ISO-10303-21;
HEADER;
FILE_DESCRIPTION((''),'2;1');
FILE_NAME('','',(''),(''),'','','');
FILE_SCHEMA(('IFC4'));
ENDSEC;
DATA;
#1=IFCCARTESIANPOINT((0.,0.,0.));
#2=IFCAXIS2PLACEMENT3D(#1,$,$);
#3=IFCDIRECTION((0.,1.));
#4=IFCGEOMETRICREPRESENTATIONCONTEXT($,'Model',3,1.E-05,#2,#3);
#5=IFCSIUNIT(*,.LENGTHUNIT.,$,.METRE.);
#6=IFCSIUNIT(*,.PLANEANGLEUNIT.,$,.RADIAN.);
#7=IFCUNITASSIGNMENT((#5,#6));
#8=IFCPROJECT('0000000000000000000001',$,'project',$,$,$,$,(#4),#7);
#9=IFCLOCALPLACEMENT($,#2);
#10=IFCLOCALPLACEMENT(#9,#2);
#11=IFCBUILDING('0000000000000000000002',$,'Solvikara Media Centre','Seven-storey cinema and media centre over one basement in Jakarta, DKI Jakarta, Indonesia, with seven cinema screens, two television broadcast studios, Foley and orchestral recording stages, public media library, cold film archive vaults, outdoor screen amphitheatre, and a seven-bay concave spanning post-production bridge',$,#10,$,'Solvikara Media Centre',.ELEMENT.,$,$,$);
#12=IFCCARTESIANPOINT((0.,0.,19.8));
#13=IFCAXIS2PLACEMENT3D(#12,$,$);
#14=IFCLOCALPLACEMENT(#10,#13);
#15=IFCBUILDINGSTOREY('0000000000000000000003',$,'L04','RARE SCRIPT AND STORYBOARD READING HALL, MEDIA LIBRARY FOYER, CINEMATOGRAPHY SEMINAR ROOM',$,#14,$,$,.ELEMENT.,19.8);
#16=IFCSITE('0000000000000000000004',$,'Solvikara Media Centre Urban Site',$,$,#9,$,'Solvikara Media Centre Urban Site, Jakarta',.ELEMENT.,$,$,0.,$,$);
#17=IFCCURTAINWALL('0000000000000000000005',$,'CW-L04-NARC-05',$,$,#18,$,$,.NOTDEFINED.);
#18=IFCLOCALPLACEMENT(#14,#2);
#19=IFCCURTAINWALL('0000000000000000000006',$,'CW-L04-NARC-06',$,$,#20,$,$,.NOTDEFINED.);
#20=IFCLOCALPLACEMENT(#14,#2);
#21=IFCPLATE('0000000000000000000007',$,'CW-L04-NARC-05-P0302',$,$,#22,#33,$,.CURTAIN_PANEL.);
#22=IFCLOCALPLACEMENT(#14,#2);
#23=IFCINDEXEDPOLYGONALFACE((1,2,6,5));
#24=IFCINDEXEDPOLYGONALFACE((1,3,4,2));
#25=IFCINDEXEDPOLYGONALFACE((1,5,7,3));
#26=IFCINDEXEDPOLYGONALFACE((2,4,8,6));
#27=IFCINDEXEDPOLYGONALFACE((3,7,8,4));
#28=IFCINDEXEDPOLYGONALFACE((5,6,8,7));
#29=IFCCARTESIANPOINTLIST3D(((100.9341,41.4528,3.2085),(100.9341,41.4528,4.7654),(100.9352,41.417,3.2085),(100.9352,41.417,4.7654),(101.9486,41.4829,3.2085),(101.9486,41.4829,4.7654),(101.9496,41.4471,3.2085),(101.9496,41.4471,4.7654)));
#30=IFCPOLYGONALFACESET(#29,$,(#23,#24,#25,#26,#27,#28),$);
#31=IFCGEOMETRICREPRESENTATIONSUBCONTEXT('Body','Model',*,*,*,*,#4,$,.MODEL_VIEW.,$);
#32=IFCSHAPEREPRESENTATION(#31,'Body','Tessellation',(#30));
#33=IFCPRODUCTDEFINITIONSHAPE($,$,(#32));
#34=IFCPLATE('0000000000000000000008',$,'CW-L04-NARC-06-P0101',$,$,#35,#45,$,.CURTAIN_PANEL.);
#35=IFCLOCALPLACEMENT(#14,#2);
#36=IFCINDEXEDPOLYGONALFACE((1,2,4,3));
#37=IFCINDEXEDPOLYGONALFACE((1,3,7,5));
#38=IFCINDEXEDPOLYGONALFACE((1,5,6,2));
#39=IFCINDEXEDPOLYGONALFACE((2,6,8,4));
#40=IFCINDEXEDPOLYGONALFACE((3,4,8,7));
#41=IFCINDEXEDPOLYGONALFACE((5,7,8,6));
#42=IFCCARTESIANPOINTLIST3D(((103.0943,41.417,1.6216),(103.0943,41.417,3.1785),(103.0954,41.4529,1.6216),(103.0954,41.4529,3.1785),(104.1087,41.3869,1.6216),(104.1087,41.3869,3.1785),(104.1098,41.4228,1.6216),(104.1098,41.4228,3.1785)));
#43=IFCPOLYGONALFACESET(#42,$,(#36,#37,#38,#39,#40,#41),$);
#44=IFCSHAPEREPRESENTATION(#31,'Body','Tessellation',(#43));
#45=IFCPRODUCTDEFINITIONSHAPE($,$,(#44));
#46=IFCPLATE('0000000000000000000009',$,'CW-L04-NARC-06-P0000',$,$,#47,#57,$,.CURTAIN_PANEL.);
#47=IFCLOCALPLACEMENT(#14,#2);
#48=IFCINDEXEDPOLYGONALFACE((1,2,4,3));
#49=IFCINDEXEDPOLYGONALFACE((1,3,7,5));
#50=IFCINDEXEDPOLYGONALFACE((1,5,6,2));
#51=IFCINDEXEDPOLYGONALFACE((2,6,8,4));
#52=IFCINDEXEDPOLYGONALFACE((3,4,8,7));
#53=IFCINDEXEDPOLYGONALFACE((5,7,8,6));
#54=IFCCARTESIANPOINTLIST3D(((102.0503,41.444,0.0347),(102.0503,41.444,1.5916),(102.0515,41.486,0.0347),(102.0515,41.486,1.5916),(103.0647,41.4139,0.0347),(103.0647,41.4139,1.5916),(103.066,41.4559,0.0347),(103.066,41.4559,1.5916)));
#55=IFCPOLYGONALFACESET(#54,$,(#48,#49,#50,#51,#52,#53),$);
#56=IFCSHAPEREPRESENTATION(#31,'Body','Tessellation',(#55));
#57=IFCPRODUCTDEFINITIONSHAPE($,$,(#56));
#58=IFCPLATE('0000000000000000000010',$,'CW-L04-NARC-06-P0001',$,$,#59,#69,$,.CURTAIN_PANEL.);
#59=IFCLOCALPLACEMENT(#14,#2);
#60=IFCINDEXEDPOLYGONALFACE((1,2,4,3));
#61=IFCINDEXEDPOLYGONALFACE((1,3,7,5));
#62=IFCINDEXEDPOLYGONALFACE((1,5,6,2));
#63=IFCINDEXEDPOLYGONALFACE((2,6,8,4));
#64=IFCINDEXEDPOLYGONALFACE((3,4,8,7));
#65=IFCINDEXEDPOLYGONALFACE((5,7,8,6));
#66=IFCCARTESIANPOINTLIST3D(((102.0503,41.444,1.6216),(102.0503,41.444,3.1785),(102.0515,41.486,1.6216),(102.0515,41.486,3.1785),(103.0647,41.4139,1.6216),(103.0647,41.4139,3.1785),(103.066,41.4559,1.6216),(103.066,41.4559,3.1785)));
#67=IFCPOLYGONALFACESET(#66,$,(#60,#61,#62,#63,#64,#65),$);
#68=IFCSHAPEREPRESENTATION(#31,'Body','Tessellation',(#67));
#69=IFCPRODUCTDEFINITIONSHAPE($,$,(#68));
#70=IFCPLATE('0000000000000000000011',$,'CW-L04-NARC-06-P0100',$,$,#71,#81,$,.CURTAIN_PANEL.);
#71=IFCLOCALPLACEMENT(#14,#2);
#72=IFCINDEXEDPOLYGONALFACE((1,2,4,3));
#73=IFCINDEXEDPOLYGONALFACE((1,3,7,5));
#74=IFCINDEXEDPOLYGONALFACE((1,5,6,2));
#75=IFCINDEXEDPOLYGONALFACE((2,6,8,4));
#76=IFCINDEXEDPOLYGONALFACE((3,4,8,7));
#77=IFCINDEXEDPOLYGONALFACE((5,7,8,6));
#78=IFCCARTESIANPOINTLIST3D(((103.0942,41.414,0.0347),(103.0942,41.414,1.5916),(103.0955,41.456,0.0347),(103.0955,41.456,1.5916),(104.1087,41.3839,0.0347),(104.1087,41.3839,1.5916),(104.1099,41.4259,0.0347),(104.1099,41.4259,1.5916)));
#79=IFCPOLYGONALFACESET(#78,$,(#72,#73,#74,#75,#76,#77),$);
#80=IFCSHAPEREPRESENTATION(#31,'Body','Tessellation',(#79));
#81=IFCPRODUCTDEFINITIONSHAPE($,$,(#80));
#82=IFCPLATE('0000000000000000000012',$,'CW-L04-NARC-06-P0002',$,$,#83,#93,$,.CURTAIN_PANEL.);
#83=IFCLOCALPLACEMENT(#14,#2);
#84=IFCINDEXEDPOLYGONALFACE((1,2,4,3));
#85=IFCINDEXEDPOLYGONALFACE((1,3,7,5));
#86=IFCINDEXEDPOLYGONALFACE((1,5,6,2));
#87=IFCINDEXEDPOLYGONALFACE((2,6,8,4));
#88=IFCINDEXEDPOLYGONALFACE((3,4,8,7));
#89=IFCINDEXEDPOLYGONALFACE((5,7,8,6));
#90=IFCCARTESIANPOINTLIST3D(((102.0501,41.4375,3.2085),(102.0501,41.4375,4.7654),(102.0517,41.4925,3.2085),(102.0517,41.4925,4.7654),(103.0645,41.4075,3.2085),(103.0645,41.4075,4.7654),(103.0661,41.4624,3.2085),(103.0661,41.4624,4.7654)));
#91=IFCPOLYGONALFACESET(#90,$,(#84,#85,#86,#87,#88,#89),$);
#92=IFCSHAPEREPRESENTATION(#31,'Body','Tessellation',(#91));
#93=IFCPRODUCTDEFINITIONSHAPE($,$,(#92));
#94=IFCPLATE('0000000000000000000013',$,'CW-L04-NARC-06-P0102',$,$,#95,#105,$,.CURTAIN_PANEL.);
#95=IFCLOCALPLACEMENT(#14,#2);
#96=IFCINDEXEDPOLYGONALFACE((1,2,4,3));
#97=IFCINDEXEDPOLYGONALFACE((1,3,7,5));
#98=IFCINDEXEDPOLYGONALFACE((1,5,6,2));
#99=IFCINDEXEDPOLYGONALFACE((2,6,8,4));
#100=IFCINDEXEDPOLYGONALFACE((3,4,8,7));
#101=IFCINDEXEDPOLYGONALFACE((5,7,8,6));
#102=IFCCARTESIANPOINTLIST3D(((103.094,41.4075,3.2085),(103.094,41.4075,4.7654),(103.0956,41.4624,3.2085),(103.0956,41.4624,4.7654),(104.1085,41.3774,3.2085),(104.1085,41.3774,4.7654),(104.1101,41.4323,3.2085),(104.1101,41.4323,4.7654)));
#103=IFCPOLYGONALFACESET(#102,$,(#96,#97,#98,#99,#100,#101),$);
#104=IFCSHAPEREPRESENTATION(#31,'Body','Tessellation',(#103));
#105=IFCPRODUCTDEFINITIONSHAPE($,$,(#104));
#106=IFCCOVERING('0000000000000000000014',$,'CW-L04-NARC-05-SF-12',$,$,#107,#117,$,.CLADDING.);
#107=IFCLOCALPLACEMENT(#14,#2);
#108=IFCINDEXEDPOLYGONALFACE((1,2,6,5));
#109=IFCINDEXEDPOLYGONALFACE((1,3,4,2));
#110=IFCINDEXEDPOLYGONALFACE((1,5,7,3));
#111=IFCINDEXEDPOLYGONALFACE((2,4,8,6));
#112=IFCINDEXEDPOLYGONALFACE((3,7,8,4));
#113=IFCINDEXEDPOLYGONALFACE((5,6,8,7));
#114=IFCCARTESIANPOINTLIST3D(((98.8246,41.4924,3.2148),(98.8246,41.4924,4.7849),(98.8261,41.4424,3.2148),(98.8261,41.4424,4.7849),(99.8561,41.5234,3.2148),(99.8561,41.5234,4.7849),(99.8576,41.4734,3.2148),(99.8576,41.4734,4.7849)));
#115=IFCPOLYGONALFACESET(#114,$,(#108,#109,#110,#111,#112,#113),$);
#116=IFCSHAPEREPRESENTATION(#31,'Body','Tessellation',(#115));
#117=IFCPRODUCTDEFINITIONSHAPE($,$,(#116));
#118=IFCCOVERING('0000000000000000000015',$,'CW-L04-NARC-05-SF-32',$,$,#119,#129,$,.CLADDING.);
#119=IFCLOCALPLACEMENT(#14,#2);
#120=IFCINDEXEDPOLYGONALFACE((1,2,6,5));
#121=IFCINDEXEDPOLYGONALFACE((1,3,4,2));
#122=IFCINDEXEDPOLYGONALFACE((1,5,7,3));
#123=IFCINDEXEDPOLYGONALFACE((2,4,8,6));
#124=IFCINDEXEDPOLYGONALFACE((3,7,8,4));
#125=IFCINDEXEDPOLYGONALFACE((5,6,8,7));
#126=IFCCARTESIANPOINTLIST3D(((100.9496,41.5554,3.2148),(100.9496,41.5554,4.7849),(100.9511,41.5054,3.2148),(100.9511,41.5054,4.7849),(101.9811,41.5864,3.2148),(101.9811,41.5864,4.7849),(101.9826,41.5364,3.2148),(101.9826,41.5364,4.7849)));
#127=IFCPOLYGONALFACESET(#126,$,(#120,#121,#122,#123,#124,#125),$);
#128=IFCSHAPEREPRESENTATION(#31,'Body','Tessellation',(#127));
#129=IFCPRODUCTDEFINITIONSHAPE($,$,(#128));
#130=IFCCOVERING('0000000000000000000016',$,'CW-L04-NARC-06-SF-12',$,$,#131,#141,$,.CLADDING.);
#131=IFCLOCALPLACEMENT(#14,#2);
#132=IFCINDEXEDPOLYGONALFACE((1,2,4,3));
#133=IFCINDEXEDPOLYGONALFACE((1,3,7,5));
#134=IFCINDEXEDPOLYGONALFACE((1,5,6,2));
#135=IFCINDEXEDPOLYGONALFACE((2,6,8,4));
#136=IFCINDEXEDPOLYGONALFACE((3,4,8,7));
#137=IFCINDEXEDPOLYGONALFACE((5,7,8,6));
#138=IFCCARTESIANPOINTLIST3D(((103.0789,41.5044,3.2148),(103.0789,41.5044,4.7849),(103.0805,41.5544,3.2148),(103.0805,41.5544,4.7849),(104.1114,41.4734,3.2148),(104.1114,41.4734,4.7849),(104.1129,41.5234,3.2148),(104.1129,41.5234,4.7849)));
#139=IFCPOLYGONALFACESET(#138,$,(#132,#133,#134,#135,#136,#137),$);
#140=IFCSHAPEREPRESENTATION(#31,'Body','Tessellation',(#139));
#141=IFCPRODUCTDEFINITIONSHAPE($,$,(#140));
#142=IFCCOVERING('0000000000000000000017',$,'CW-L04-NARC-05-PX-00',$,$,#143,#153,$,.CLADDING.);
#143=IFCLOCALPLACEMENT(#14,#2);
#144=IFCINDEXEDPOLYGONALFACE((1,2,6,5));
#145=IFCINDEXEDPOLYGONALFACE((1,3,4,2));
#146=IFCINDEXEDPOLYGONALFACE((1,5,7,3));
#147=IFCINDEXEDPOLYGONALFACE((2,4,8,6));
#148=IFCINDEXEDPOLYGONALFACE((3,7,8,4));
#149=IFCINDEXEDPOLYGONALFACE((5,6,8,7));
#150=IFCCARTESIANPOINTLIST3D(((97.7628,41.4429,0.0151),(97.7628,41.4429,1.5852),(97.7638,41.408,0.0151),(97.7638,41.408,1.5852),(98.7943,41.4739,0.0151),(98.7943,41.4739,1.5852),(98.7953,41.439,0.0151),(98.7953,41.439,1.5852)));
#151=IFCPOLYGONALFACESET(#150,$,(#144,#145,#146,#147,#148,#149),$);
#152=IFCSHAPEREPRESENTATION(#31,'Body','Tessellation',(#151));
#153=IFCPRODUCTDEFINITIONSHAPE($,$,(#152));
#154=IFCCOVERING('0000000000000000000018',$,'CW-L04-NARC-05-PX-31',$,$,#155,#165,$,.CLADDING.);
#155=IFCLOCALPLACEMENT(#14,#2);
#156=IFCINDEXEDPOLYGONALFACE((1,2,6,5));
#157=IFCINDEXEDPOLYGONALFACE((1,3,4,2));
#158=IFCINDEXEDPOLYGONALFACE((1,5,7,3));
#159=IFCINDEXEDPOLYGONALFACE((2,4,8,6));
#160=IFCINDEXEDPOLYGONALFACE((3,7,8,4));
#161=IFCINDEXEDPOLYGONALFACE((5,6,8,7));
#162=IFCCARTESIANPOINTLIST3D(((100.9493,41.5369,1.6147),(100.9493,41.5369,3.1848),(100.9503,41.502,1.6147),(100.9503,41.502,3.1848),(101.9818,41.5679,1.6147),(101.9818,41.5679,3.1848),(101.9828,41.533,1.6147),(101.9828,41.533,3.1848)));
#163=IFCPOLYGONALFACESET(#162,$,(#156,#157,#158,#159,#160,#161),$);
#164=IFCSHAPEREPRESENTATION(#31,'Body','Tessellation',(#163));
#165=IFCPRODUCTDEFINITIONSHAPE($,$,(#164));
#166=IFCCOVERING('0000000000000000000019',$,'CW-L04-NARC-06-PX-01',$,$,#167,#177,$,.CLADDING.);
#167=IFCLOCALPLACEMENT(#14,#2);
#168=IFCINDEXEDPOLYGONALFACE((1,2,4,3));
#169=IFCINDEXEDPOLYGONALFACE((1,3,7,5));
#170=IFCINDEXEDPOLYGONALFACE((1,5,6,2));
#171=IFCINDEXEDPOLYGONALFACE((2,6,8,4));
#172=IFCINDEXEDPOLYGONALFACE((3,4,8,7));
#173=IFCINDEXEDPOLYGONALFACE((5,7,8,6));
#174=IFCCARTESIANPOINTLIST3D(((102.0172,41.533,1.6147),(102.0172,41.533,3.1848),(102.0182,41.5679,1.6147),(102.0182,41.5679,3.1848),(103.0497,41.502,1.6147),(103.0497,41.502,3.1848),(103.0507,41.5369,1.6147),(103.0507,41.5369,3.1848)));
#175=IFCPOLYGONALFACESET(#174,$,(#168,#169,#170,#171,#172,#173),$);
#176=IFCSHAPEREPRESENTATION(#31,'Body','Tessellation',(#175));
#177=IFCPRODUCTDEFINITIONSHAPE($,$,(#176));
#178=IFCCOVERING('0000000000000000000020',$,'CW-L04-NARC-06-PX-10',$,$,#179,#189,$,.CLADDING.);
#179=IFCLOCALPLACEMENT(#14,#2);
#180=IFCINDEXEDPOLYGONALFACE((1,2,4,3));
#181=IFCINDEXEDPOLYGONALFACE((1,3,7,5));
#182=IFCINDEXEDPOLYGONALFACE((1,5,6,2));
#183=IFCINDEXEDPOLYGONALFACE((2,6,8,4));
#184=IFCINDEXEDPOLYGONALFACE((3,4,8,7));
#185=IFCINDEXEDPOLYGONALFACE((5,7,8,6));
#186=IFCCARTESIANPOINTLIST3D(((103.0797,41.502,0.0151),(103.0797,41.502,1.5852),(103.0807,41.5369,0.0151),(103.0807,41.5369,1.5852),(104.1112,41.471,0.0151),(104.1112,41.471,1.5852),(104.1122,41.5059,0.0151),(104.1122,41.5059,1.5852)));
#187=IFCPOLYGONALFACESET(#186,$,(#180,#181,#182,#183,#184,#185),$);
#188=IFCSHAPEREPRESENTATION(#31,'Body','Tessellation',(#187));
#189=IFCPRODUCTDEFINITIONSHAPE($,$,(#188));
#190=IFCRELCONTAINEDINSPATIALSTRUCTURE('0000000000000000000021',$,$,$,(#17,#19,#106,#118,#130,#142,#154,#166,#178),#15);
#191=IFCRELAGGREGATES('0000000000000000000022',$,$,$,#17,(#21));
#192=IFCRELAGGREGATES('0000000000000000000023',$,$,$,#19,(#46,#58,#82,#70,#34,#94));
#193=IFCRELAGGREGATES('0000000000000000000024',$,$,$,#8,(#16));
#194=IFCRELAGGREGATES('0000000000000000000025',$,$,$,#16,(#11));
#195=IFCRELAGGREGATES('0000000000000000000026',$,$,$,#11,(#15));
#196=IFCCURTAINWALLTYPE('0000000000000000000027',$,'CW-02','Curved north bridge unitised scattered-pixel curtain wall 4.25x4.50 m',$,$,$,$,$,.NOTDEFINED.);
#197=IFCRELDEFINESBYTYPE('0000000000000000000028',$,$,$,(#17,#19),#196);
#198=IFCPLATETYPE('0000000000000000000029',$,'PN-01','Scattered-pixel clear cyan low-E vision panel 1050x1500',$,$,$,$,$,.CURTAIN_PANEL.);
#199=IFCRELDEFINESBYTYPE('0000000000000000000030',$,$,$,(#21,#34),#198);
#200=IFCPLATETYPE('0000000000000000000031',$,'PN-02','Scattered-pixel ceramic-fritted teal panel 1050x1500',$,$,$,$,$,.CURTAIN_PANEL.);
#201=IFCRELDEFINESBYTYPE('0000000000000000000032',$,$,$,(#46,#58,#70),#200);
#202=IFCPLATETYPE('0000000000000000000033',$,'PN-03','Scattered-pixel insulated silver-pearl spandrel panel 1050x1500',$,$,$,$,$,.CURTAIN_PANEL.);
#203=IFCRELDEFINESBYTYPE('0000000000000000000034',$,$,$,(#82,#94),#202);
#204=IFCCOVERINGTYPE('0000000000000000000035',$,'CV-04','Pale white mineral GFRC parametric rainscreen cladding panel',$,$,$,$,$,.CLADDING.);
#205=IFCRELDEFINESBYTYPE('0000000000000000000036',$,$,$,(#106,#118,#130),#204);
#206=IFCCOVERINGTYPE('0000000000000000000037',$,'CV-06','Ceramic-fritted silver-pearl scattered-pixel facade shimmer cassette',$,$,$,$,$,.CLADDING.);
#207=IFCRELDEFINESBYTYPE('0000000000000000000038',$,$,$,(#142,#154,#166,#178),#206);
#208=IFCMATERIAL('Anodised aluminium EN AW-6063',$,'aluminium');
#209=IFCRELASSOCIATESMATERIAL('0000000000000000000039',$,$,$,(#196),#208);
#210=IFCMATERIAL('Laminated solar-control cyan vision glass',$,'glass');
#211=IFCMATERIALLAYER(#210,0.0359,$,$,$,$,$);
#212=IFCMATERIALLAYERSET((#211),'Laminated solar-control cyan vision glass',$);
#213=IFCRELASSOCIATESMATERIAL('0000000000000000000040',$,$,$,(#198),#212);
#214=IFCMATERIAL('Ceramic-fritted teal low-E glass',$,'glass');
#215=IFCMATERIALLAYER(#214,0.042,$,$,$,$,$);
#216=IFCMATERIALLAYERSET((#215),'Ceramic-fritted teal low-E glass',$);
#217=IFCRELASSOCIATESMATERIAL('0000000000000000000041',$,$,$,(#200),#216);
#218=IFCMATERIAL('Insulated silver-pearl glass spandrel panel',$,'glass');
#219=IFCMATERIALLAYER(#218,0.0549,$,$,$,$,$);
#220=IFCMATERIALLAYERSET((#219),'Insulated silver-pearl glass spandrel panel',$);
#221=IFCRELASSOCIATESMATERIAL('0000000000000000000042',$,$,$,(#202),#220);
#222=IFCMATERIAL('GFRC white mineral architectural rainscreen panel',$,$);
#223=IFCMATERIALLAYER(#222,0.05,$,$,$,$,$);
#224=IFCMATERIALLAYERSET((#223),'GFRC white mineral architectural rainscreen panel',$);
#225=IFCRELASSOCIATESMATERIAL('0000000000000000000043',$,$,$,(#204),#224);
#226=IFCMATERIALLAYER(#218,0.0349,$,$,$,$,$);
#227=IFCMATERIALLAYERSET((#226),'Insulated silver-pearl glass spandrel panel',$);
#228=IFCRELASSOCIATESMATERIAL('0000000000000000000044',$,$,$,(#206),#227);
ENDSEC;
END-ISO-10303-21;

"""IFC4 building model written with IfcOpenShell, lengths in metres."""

from ifc_helpers import new_model, si_unit, direction, frame, origin, origin_2d, place, context, subcontext, project, spatial, rectangle, extrude, material, layer, layer_set, type_object, element, aggregate, save


model = new_model("IFC4")

# Units and contexts
model_context = context("Model", 3, precision=1e-05, world=origin(), true_north=direction((0.0, 1.0)))
body_context = subcontext(model_context, "Body", "Model", "MODEL_VIEW")
ifc_project = project(units=[si_unit("LENGTHUNIT", "METRE"), si_unit("PLANEANGLEUNIT", "RADIAN")], contexts=[model_context])

# Site, building, storey
site_placement = place(None, origin())
site = spatial("IfcSite", under=ifc_project, at=site_placement, Name="Solvikara Media Centre Urban Site", LongName="Solvikara Media Centre Urban Site, Jakarta", CompositionType="ELEMENT", RefElevation=0.0)
building_placement = place(site_placement, origin())
building = spatial("IfcBuilding", under=site, at=building_placement, Name="Solvikara Media Centre", Description="Seven-storey cinema and media centre over one basement in Jakarta, DKI Jakarta, Indonesia, with seven cinema screens, two television broadcast studios, Foley and orchestral recording stages, public media library, cold film archive vaults, outdoor screen amphitheatre, and a seven-bay concave spanning post-production bridge", LongName="Solvikara Media Centre", CompositionType="ELEMENT")
storey_placement = place(building_placement, frame((0.0, 0.0, 19.8)))
storey = spatial("IfcBuildingStorey", under=building, at=storey_placement, Name="L04", Description="RARE SCRIPT AND STORYBOARD READING HALL, MEDIA LIBRARY FOYER, CINEMATOGRAPHY SEMINAR ROOM", CompositionType="ELEMENT", Elevation=19.8)

# Curtain walls
ifc_material_1 = material(Name="Anodised aluminium EN AW-6063", Category="aluminium")
curtain_wall_type = type_object("IfcCurtainWallType", Name="CW-02", Description="Curved north bridge unitised scattered-pixel curtain wall 4.25x4.50 m", PredefinedType="NOTDEFINED", material=ifc_material_1)
curtain_wall_1_placement = place(storey_placement, origin())
curtain_wall_1 = element("IfcCurtainWall", 1, at=curtain_wall_1_placement, inside=storey, type_object=curtain_wall_type, Name="CW-L04-NARC-05", PredefinedType="NOTDEFINED")
curtain_wall_2_placement = place(storey_placement, origin())
curtain_wall_2 = element("IfcCurtainWall", 2, at=curtain_wall_2_placement, inside=storey, type_object=curtain_wall_type, Name="CW-L04-NARC-06", PredefinedType="NOTDEFINED")

# Plates
ifc_material_2 = material(Name="Laminated solar-control cyan vision glass", Category="glass")
ifc_layer_1 = layer(ifc_material_2, 0.0359)
ifc_layer_set_1 = layer_set([ifc_layer_1], Name="Laminated solar-control cyan vision glass")
plate_type_1 = type_object("IfcPlateType", Name="PN-01", Description="Scattered-pixel clear cyan low-E vision panel 1050x1500", PredefinedType="CURTAIN_PANEL", material=ifc_layer_set_1)
plate_1_placement = place(storey_placement, frame((101.4419, 41.45, 3.2085), z_axis=(0.0, 0.0, 1.0), x_axis=(0.99956, 0.029649, 0.0)))
plate_1 = element("IfcPlate", 3, at=plate_1_placement, type_object=plate_type_1, Name="CW-L04-NARC-05-P0302", PredefinedType="CURTAIN_PANEL", context=body_context, shape_type="SweptSolid", body=[
    extrude(rectangle(XDim=1.0149, YDim=0.0359, at=origin_2d()), origin(), (0.0, 0.0, 1.0), 1.5569),
])
aggregate(curtain_wall_1, [plate_1])
plate_2_placement = place(storey_placement, frame((103.6021, 41.4199, 1.6216), z_axis=(0.0, 0.0, 1.0), x_axis=(0.99956, -0.029649, 0.0)))
plate_2 = element("IfcPlate", 4, at=plate_2_placement, type_object=plate_type_1, Name="CW-L04-NARC-06-P0101", PredefinedType="CURTAIN_PANEL", context=body_context, shape_type="SweptSolid", body=[
    extrude(rectangle(XDim=1.0149, YDim=0.0359, at=origin_2d()), origin(), (0.0, 0.0, 1.0), 1.5569),
])
ifc_material_3 = material(Name="Ceramic-fritted teal low-E glass", Category="glass")
ifc_layer_2 = layer(ifc_material_3, 0.042)
ifc_layer_set_2 = layer_set([ifc_layer_2], Name="Ceramic-fritted teal low-E glass")
plate_type_2 = type_object("IfcPlateType", Name="PN-02", Description="Scattered-pixel ceramic-fritted teal panel 1050x1500", PredefinedType="CURTAIN_PANEL", material=ifc_layer_set_2)
plate_3_placement = place(storey_placement, frame((102.5581, 41.45, 0.0347), z_axis=(0.0, 0.0, 1.0), x_axis=(0.99956, -0.029649, 0.0)))
plate_3 = element("IfcPlate", 5, at=plate_3_placement, type_object=plate_type_2, Name="CW-L04-NARC-06-P0000", PredefinedType="CURTAIN_PANEL", context=body_context, shape_type="SweptSolid", body=[
    extrude(rectangle(XDim=1.0149, YDim=0.042, at=origin_2d()), origin(), (0.0, 0.0, 1.0), 1.5569),
])
plate_4_placement = place(storey_placement, frame((102.5581, 41.45, 1.6216), z_axis=(0.0, 0.0, 1.0), x_axis=(0.99956, -0.029649, 0.0)))
plate_4 = element("IfcPlate", 6, at=plate_4_placement, type_object=plate_type_2, Name="CW-L04-NARC-06-P0001", PredefinedType="CURTAIN_PANEL", context=body_context, shape_type="SweptSolid", body=[
    extrude(rectangle(XDim=1.0149, YDim=0.042, at=origin_2d()), origin(), (0.0, 0.0, 1.0), 1.5569),
])
plate_5_placement = place(storey_placement, frame((103.6021, 41.4199, 0.0347), z_axis=(0.0, 0.0, 1.0), x_axis=(0.99956, -0.029649, 0.0)))
plate_5 = element("IfcPlate", 7, at=plate_5_placement, type_object=plate_type_2, Name="CW-L04-NARC-06-P0100", PredefinedType="CURTAIN_PANEL", context=body_context, shape_type="SweptSolid", body=[
    extrude(rectangle(XDim=1.0149, YDim=0.042, at=origin_2d()), origin(), (0.0, 0.0, 1.0), 1.5569),
])
ifc_material_4 = material(Name="Insulated silver-pearl glass spandrel panel", Category="glass")
ifc_layer_3 = layer(ifc_material_4, 0.0549)
ifc_layer_set_3 = layer_set([ifc_layer_3], Name="Insulated silver-pearl glass spandrel panel")
plate_type_3 = type_object("IfcPlateType", Name="PN-03", Description="Scattered-pixel insulated silver-pearl spandrel panel 1050x1500", PredefinedType="CURTAIN_PANEL", material=ifc_layer_set_3)
plate_6_placement = place(storey_placement, frame((102.5581, 41.45, 3.2085), z_axis=(0.0, 0.0, 1.0), x_axis=(0.99956, -0.029649, 0.0)))
plate_6 = element("IfcPlate", 8, at=plate_6_placement, type_object=plate_type_3, Name="CW-L04-NARC-06-P0002", PredefinedType="CURTAIN_PANEL", context=body_context, shape_type="SweptSolid", body=[
    extrude(rectangle(XDim=1.0149, YDim=0.0549, at=origin_2d()), origin(), (0.0, 0.0, 1.0), 1.5569),
])
plate_7_placement = place(storey_placement, frame((103.6021, 41.4199, 3.2085), z_axis=(0.0, 0.0, 1.0), x_axis=(0.99956, -0.029649, 0.0)))
plate_7 = element("IfcPlate", 9, at=plate_7_placement, type_object=plate_type_3, Name="CW-L04-NARC-06-P0102", PredefinedType="CURTAIN_PANEL", context=body_context, shape_type="SweptSolid", body=[
    extrude(rectangle(XDim=1.0149, YDim=0.0549, at=origin_2d()), origin(), (0.0, 0.0, 1.0), 1.5569),
])
aggregate(curtain_wall_2, [plate_3, plate_4, plate_6, plate_5, plate_2, plate_7])

# Coverings
ifc_material_5 = material(Name="GFRC white mineral architectural rainscreen panel")
ifc_layer_4 = layer(ifc_material_5, 0.05)
ifc_layer_set_4 = layer_set([ifc_layer_4], Name="GFRC white mineral architectural rainscreen panel")
covering_type_1 = type_object("IfcCoveringType", Name="CV-04", Description="Pale white mineral GFRC parametric rainscreen cladding panel", PredefinedType="CLADDING", material=ifc_layer_set_4)
for number, where, z_axis, x_axis, name in (
    (10, (99.3411, 41.4829, 3.2148), (0.0, 0.0, 1.0), (0.999549, 0.030033, 0.0), "CW-L04-NARC-05-SF-12"),
    (11, (101.4661, 41.5459, 3.2148), (0.0, 0.0, 1.0), (0.999549, 0.030033, 0.0), "CW-L04-NARC-05-SF-32"),
):
    element("IfcCovering", number, at=place(storey_placement, frame(where, z_axis=z_axis, x_axis=x_axis)), inside=storey, type_object=covering_type_1, Name=name, PredefinedType="CLADDING", context=body_context, shape_type="SweptSolid", body=[
        extrude(rectangle(XDim=1.032, YDim=0.05, at=origin_2d()), origin(), (0.0, 0.0, 1.0), 1.5701),
    ])
covering_1_placement = place(storey_placement, frame((103.5959, 41.5139, 3.2148), z_axis=(0.0, 0.0, 1.0), x_axis=(0.99955, -0.029998, 0.0)))
element("IfcCovering", 12, at=covering_1_placement, inside=storey, type_object=covering_type_1, Name="CW-L04-NARC-06-SF-12", PredefinedType="CLADDING", context=body_context, shape_type="SweptSolid", body=[
    extrude(rectangle(XDim=1.033, YDim=0.05, at=origin_2d()), origin(), (0.0, 0.0, 1.0), 1.5701),
])
ifc_layer_5 = layer(ifc_material_4, 0.0349)
ifc_layer_set_5 = layer_set([ifc_layer_5], Name="Insulated silver-pearl glass spandrel panel")
covering_type_2 = type_object("IfcCoveringType", Name="CV-06", Description="Ceramic-fritted silver-pearl scattered-pixel facade shimmer cassette", PredefinedType="CLADDING", material=ifc_layer_set_5)
covering_2_placement = place(storey_placement, frame((98.2791, 41.4409, 0.0151), z_axis=(0.0, 0.0, 1.0), x_axis=(0.999549, 0.030033, 0.0)))
element("IfcCovering", 13, at=covering_2_placement, inside=storey, type_object=covering_type_2, Name="CW-L04-NARC-05-PX-00", PredefinedType="CLADDING", context=body_context, shape_type="SweptSolid", body=[
    extrude(rectangle(XDim=1.032, YDim=0.0349, at=origin_2d()), origin(), (0.0, 0.0, 1.0), 1.5701),
])
for number, where, z_axis, x_axis, name in (
    (14, (101.4661, 41.5349, 1.6147), (0.0, 0.0, 1.0), (0.99955, 0.029998, 0.0), "CW-L04-NARC-05-PX-31"),
    (15, (102.5339, 41.5349, 1.6147), (0.0, 0.0, 1.0), (0.99955, -0.029998, 0.0), "CW-L04-NARC-06-PX-01"),
):
    element("IfcCovering", number, at=place(storey_placement, frame(where, z_axis=z_axis, x_axis=x_axis)), inside=storey, type_object=covering_type_2, Name=name, PredefinedType="CLADDING", context=body_context, shape_type="SweptSolid", body=[
        extrude(rectangle(XDim=1.033, YDim=0.0349, at=origin_2d()), origin(), (0.0, 0.0, 1.0), 1.5701),
    ])
covering_3_placement = place(storey_placement, frame((103.5959, 41.5039, 0.0151), z_axis=(0.0, 0.0, 1.0), x_axis=(0.999549, -0.030033, 0.0)))
element("IfcCovering", 16, at=covering_3_placement, inside=storey, type_object=covering_type_2, Name="CW-L04-NARC-06-PX-10", PredefinedType="CLADDING", context=body_context, shape_type="SweptSolid", body=[
    extrude(rectangle(XDim=1.032, YDim=0.0349, at=origin_2d()), origin(), (0.0, 0.0, 1.0), 1.5701),
])

save(model, "model.ifc")
